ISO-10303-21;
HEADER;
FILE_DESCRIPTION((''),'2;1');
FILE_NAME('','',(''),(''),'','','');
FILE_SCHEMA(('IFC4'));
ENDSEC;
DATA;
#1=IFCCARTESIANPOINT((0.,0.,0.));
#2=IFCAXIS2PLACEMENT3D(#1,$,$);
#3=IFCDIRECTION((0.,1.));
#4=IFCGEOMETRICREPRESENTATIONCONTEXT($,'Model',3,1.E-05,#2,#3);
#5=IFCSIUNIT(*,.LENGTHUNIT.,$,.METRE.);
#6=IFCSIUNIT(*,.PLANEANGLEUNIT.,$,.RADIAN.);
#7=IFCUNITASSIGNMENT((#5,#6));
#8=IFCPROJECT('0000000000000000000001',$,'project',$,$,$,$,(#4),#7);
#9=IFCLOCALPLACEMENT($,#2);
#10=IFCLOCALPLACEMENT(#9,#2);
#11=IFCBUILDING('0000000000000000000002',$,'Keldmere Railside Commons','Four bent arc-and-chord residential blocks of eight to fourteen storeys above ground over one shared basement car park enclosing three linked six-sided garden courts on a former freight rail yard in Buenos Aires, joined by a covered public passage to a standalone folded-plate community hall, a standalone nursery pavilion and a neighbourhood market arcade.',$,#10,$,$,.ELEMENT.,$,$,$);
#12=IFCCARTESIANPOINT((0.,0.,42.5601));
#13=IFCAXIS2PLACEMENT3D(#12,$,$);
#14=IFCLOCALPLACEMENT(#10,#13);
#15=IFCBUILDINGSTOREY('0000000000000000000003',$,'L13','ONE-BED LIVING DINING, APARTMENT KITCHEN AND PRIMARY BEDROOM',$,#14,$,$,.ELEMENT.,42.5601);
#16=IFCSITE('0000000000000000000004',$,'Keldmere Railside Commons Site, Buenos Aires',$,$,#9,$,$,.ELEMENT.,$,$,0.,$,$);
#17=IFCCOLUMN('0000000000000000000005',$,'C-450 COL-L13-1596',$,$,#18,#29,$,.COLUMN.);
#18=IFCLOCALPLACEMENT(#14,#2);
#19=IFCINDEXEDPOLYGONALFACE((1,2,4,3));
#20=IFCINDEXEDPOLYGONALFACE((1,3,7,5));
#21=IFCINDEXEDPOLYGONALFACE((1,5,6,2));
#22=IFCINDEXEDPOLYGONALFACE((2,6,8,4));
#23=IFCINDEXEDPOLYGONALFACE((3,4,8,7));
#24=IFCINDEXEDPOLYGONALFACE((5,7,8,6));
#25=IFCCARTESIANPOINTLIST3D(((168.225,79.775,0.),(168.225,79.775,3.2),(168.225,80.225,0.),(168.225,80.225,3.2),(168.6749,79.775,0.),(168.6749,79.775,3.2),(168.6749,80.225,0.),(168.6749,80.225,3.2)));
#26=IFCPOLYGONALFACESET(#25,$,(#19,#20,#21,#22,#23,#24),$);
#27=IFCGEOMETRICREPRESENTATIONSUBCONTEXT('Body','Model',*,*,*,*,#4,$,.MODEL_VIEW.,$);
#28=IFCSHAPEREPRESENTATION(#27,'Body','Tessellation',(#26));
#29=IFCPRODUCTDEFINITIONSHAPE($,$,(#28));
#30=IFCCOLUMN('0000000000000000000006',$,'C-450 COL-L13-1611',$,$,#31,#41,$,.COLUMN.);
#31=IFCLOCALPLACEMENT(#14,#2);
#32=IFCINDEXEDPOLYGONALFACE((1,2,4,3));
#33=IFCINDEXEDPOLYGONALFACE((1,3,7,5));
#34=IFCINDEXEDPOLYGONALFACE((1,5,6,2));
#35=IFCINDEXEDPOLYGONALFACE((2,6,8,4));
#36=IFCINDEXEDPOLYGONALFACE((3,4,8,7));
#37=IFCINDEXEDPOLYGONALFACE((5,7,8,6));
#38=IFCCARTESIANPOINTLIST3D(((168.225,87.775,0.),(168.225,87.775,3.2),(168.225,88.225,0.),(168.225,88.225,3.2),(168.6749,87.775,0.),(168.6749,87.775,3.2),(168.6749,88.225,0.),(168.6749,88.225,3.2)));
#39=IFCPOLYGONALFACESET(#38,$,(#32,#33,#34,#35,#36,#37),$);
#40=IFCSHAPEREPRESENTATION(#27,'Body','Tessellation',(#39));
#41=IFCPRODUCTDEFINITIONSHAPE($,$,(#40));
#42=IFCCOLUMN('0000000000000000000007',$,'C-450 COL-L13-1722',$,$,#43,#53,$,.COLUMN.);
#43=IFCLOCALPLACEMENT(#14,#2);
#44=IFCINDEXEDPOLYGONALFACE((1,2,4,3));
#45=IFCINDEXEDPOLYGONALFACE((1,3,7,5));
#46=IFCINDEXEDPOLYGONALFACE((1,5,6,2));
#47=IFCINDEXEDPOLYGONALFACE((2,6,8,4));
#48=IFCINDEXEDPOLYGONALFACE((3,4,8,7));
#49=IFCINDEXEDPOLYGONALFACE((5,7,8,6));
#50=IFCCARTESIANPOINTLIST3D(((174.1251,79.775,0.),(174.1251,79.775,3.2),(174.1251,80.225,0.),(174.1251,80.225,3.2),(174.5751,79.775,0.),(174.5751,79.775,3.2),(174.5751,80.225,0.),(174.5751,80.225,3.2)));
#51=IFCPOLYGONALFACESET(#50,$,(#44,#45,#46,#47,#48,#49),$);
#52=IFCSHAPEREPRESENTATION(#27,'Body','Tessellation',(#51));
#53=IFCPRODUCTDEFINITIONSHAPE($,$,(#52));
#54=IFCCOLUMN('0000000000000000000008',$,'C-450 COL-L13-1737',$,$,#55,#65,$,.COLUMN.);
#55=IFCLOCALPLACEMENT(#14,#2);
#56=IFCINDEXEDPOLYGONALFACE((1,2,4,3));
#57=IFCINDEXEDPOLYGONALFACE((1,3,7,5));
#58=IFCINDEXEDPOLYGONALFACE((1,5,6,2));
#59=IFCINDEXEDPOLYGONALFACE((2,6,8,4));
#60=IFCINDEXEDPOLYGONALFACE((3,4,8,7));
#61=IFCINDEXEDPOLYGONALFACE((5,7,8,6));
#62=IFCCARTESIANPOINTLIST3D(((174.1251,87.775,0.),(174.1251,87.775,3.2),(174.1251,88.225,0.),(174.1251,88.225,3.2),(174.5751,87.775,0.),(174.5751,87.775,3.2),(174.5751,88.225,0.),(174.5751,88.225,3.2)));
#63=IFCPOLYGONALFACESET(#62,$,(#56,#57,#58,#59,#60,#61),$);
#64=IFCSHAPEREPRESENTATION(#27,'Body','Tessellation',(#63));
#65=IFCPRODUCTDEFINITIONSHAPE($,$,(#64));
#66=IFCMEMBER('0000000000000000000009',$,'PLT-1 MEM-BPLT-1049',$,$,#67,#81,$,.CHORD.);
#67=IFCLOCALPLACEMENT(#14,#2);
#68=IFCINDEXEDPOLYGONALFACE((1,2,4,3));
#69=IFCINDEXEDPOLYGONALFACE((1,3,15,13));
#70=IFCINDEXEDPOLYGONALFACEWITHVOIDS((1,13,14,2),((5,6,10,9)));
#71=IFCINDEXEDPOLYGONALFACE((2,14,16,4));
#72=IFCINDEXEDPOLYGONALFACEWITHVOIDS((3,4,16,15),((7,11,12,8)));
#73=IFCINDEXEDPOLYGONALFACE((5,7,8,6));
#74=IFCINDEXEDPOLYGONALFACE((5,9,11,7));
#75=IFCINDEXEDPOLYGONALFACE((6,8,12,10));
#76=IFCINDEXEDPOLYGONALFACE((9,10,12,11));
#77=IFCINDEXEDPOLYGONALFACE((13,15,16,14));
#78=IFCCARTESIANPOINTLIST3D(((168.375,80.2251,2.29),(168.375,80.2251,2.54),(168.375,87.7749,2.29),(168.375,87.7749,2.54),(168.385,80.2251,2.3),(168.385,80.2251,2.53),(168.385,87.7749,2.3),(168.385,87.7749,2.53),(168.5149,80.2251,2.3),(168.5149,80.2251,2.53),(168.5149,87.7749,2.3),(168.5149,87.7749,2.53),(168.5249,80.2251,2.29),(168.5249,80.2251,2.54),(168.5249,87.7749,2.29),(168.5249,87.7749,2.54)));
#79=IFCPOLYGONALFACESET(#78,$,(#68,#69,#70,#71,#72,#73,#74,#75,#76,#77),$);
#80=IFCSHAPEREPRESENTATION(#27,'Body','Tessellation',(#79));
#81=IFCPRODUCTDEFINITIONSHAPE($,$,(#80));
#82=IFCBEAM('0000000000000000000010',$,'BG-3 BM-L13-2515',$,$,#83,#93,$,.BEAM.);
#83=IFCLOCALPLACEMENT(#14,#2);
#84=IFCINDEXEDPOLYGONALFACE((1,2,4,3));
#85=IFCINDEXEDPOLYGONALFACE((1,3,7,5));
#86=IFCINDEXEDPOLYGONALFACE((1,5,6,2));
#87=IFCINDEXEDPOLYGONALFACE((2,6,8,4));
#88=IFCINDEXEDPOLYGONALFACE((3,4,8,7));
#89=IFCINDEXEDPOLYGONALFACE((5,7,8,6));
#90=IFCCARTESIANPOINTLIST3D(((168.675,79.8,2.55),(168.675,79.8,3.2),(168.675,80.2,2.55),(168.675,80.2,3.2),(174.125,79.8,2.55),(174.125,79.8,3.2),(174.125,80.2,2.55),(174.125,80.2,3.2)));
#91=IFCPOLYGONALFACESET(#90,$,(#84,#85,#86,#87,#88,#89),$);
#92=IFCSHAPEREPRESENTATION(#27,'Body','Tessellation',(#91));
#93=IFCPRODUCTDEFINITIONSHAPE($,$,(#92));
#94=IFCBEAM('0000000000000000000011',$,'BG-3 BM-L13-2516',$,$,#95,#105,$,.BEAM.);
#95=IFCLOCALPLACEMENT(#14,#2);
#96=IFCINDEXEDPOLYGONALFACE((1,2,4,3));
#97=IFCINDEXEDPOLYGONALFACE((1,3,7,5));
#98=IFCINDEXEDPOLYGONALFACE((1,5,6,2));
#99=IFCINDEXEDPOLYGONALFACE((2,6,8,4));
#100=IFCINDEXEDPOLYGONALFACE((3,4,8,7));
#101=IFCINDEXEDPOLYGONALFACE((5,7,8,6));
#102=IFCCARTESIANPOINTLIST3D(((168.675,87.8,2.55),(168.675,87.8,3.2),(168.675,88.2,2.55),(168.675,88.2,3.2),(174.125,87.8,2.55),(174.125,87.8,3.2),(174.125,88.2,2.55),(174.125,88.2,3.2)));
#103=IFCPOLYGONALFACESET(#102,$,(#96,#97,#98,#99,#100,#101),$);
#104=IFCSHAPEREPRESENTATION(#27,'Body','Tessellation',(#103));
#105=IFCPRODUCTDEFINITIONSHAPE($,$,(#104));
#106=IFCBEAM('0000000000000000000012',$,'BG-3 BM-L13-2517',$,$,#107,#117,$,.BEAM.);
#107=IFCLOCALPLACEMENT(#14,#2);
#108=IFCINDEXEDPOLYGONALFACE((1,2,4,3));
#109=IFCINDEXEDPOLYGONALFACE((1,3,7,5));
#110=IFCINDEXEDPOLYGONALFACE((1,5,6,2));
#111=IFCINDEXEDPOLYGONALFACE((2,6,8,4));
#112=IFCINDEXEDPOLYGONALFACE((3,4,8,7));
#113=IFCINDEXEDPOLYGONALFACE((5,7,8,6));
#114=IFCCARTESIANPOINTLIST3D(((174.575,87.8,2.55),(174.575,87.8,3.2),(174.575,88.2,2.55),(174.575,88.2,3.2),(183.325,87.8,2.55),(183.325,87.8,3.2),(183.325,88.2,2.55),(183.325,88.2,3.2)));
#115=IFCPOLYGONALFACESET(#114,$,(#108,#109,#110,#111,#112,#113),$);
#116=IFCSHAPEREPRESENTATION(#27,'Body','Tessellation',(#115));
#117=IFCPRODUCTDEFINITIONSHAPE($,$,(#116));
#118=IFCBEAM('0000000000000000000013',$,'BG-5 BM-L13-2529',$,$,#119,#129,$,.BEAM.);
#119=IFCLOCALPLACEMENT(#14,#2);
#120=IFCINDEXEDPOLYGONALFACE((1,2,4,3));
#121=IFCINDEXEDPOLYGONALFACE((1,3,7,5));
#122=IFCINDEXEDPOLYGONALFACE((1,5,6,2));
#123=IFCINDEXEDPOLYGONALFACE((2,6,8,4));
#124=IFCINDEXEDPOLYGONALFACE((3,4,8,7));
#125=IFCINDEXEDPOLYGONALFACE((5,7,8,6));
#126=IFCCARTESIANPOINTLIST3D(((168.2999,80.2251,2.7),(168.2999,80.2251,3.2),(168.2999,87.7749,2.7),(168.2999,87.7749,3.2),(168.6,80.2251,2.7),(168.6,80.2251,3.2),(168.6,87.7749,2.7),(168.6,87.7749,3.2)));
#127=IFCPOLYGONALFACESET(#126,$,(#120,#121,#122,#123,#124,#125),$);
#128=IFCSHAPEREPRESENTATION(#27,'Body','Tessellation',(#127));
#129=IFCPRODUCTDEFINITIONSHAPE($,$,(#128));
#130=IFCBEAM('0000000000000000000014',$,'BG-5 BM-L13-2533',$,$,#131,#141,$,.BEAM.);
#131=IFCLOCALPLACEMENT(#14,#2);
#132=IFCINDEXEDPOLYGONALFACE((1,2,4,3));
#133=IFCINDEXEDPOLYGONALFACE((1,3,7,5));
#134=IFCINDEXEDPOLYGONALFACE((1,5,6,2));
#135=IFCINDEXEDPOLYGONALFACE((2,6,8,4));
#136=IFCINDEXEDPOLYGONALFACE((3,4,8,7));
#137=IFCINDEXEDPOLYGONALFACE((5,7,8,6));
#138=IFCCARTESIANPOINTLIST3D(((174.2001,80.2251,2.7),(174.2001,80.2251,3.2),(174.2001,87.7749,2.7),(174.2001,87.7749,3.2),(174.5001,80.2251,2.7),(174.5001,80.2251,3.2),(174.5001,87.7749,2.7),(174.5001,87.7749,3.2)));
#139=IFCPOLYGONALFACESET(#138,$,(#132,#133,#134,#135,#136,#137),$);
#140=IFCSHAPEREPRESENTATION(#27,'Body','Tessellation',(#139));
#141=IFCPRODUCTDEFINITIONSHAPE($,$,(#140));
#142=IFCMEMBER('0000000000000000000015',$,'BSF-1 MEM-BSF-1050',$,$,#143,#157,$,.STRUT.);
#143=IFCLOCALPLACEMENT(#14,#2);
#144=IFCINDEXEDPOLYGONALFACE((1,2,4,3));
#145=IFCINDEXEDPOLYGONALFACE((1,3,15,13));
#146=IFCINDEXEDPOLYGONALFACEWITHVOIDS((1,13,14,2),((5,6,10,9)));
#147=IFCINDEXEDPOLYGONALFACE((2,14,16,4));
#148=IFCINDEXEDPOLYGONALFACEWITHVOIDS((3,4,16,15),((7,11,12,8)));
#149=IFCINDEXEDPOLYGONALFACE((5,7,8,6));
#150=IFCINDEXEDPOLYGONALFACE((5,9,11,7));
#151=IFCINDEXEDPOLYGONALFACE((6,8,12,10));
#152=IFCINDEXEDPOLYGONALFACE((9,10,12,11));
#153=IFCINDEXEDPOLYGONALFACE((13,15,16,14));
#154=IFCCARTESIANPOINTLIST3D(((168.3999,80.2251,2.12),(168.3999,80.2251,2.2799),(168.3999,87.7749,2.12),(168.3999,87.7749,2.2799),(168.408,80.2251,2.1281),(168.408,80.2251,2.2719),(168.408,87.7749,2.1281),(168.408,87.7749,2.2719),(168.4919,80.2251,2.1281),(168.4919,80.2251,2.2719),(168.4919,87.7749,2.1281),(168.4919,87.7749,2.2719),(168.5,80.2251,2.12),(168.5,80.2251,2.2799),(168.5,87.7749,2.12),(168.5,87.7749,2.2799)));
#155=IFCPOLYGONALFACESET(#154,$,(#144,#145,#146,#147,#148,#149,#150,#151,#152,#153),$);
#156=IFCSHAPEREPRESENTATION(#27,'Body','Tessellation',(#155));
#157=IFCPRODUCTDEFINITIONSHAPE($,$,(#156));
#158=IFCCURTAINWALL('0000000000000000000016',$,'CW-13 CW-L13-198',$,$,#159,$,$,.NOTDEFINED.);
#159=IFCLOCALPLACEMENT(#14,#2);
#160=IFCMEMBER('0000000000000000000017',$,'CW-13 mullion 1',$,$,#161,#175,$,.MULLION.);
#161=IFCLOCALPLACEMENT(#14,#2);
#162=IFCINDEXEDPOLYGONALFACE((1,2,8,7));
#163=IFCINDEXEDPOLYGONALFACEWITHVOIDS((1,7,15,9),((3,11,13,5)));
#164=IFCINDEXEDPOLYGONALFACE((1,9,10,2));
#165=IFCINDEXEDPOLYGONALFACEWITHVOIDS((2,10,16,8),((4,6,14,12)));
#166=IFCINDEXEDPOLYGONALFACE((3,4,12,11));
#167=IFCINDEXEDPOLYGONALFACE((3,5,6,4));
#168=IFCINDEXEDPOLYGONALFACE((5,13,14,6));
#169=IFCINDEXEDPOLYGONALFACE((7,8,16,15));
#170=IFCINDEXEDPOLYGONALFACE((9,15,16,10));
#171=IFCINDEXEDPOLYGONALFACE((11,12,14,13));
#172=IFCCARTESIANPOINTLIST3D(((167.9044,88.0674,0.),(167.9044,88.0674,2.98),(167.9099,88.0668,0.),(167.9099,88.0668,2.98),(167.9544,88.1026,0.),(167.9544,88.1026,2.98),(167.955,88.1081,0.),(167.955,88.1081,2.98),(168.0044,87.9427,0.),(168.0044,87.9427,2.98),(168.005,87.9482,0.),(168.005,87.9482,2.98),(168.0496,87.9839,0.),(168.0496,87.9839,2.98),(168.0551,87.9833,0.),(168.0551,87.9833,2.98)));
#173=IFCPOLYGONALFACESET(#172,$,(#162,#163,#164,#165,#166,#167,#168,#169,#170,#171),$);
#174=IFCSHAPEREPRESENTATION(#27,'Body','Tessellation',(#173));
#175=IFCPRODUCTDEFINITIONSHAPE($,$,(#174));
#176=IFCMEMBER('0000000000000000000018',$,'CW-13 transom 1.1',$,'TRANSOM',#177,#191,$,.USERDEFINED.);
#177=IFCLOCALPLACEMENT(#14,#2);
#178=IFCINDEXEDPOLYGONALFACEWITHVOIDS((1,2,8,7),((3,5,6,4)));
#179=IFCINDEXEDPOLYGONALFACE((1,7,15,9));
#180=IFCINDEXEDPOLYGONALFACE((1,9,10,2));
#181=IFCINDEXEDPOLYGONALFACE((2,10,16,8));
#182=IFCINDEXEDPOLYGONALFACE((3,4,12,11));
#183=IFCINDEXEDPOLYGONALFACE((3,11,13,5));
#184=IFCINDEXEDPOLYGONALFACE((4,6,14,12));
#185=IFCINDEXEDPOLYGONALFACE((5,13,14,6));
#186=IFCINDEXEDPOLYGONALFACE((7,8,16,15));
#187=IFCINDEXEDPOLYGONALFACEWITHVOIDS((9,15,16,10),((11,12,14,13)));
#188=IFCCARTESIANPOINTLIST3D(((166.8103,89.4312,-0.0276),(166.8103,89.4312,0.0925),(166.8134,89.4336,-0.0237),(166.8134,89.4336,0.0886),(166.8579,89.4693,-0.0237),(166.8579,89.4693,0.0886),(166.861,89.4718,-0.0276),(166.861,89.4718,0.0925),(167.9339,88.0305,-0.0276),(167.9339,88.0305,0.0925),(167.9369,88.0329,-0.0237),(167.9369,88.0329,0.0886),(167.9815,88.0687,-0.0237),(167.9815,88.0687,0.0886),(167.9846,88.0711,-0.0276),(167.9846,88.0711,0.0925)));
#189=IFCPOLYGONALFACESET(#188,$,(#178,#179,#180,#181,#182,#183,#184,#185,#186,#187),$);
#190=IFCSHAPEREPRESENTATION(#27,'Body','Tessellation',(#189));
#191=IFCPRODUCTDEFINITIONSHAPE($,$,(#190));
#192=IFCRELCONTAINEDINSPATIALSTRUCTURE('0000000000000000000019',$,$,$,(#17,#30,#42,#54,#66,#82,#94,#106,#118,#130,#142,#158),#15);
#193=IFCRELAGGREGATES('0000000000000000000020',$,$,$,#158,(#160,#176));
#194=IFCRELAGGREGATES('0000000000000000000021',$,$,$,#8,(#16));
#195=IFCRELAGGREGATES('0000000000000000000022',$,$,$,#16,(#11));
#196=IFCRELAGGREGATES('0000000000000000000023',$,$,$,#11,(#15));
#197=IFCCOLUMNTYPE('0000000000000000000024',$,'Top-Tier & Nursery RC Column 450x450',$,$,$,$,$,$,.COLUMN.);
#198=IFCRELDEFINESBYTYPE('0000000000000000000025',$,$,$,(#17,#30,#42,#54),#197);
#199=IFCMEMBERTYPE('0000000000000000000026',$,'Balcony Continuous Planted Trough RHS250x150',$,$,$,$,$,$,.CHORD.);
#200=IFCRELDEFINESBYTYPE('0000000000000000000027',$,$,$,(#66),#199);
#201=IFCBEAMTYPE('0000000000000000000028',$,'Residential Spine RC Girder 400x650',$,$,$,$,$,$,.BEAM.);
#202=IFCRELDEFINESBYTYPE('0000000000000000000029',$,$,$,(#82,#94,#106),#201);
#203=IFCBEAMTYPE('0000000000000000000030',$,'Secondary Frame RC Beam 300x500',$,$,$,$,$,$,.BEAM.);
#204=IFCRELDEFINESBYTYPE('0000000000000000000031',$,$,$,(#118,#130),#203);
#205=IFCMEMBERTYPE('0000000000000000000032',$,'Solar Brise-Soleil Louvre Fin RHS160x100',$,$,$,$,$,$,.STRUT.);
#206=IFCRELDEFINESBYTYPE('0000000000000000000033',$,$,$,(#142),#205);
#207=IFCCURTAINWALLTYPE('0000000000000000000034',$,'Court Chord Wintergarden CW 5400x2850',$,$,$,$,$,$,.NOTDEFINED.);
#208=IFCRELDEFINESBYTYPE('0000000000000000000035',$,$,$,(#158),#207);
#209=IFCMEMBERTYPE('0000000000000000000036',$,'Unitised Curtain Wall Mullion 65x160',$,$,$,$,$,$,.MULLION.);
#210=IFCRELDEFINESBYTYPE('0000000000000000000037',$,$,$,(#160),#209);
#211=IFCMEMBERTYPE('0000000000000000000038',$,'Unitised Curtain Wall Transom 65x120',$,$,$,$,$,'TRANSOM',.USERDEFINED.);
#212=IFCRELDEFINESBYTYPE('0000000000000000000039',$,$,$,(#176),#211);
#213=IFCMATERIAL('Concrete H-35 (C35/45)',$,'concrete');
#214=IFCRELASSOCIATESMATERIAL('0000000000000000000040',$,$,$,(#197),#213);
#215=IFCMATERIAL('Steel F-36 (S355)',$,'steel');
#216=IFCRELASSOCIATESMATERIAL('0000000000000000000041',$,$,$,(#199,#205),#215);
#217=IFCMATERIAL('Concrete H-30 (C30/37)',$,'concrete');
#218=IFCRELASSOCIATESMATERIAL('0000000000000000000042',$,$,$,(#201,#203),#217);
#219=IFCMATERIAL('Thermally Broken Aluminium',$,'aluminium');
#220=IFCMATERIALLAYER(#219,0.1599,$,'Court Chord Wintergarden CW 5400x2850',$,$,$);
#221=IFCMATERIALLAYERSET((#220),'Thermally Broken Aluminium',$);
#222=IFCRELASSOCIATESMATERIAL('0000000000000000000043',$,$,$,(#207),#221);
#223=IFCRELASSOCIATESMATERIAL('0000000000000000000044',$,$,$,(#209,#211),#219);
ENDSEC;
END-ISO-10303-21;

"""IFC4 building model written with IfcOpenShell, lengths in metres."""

from ifc_helpers import new_model, si_unit, direction, frame, origin, origin_2d, place, context, subcontext, project, spatial, rectangle, hollow_rectangle, extrude, material, layer, layer_set, material_profile, profile_set, type_object, element, aggregate, save


model = new_model("IFC4")

# Units and contexts
model_context = context("Model", 3, precision=1e-05, world=origin(), true_north=direction((0.0, 1.0)))
body_context = subcontext(model_context, "Body", "Model", "MODEL_VIEW")
ifc_project = project(units=[si_unit("LENGTHUNIT", "METRE"), si_unit("PLANEANGLEUNIT", "RADIAN")], contexts=[model_context])

# Site, building, storey
site_placement = place(None, origin())
site = spatial("IfcSite", under=ifc_project, at=site_placement, Name="Keldmere Railside Commons Site, Buenos Aires", CompositionType="ELEMENT", RefElevation=0.0)
building_placement = place(site_placement, origin())
building = spatial("IfcBuilding", under=site, at=building_placement, Name="Keldmere Railside Commons", Description="Four bent arc-and-chord residential blocks of eight to fourteen storeys above ground over one shared basement car park enclosing three linked six-sided garden courts on a former freight rail yard in Buenos Aires, joined by a covered public passage to a standalone folded-plate community hall, a standalone nursery pavilion and a neighbourhood market arcade.", CompositionType="ELEMENT")
storey_placement = place(building_placement, frame((0.0, 0.0, 42.5601)))
storey = spatial("IfcBuildingStorey", under=building, at=storey_placement, Name="L13", Description="ONE-BED LIVING DINING, APARTMENT KITCHEN AND PRIMARY BEDROOM", CompositionType="ELEMENT", Elevation=42.5601)

# Columns
ifc_material_1 = material(Name="Concrete H-35 (C35/45)", Category="concrete")
ifc_material_profile_1 = material_profile(ifc_material_1, rectangle(XDim=0.45, YDim=0.45, at=origin_2d()), Name="RC-450x450")
ifc_profile_set_1 = profile_set([ifc_material_profile_1], Name="Concrete H-35 (C35/45)")
column_type = type_object("IfcColumnType", Name="Top-Tier & Nursery RC Column 450x450", PredefinedType="COLUMN", material=ifc_profile_set_1)
for number, where, z_axis, x_axis, name in (
    (1, (168.45, 80.0, 0.0), (0.0, 0.0, 1.0), (1.0, 0.0, 0.0), "C-450 COL-L13-1596"),
    (2, (168.45, 88.0, 0.0), (0.0, 0.0, 1.0), (1.0, 0.0, 0.0), "C-450 COL-L13-1611"),
    (3, (174.3501, 80.0, 0.0), (0.0, 0.0, 1.0), (1.0, 0.0, 0.0), "C-450 COL-L13-1722"),
    (4, (174.3501, 88.0, 0.0), (0.0, 0.0, 1.0), (1.0, 0.0, 0.0), "C-450 COL-L13-1737"),
):
    element("IfcColumn", number, at=place(storey_placement, frame(where, z_axis=z_axis, x_axis=x_axis)), inside=storey, type_object=column_type, Name=name, PredefinedType="COLUMN", context=body_context, shape_type="SweptSolid", body=[
        extrude(rectangle(XDim=0.45, YDim=0.45, at=origin_2d()), origin(), (0.0, 0.0, 1.0), 3.2),
    ])

# Member
ifc_material_2 = material(Name="Steel F-36 (S355)", Category="steel")
ifc_material_profile_2 = material_profile(ifc_material_2, hollow_rectangle(XDim=0.1499, YDim=0.25, WallThickness=0.01, at=origin_2d()), Name="RHS-250x150x10")
ifc_profile_set_2 = profile_set([ifc_material_profile_2], Name="Steel F-36 (S355)")
member_type_1 = type_object("IfcMemberType", Name="Balcony Continuous Planted Trough RHS250x150", PredefinedType="CHORD", material=ifc_profile_set_2)
member_1_placement = place(storey_placement, frame((168.45, 80.2251, 2.415), z_axis=(0.0, 1.0, 0.0), x_axis=(-1.0, 0.0, 0.0)))
element("IfcMember", 5, at=member_1_placement, inside=storey, type_object=member_type_1, Name="PLT-1 MEM-BPLT-1049", PredefinedType="CHORD", context=body_context, shape_type="SweptSolid", body=[
    extrude(hollow_rectangle(XDim=0.1499, YDim=0.25, WallThickness=0.01, at=origin_2d()), origin(), (0.0, 0.0, 1.0), 7.5498),
])

# Beams
ifc_material_3 = material(Name="Concrete H-30 (C30/37)", Category="concrete")
ifc_material_profile_3 = material_profile(ifc_material_3, rectangle(XDim=0.3999, YDim=0.6499, at=origin_2d()), Name="RC-400x650")
ifc_profile_set_3 = profile_set([ifc_material_profile_3], Name="Concrete H-30 (C30/37)")
beam_type_1 = type_object("IfcBeamType", Name="Residential Spine RC Girder 400x650", PredefinedType="BEAM", material=ifc_profile_set_3)
for number, where, z_axis, x_axis, name in (
    (6, (168.675, 80.0, 2.875), (1.0, 0.0, 0.0), (0.0, 1.0, 0.0), "BG-3 BM-L13-2515"),
    (7, (168.675, 88.0, 2.875), (1.0, 0.0, 0.0), (0.0, 1.0, 0.0), "BG-3 BM-L13-2516"),
):
    element("IfcBeam", number, at=place(storey_placement, frame(where, z_axis=z_axis, x_axis=x_axis)), inside=storey, type_object=beam_type_1, Name=name, PredefinedType="BEAM", context=body_context, shape_type="SweptSolid", body=[
        extrude(rectangle(XDim=0.3999, YDim=0.6499, at=origin_2d()), origin(), (0.0, 0.0, 1.0), 5.45),
    ])
beam_placement = place(storey_placement, frame((174.575, 88.0, 2.875), z_axis=(1.0, 0.0, 0.0), x_axis=(0.0, 1.0, 0.0)))
element("IfcBeam", 8, at=beam_placement, inside=storey, type_object=beam_type_1, Name="BG-3 BM-L13-2517", PredefinedType="BEAM", context=body_context, shape_type="SweptSolid", body=[
    extrude(rectangle(XDim=0.3999, YDim=0.6499, at=origin_2d()), origin(), (0.0, 0.0, 1.0), 8.75),
])
ifc_material_profile_4 = material_profile(ifc_material_3, rectangle(XDim=0.3, YDim=0.5, at=origin_2d()), Name="RC-300x500")
ifc_profile_set_4 = profile_set([ifc_material_profile_4], Name="Concrete H-30 (C30/37)")
beam_type_2 = type_object("IfcBeamType", Name="Secondary Frame RC Beam 300x500", PredefinedType="BEAM", material=ifc_profile_set_4)
for number, where, z_axis, x_axis, name in (
    (9, (168.45, 80.2251, 2.95), (0.0, 1.0, 0.0), (-1.0, 0.0, 0.0), "BG-5 BM-L13-2529"),
    (10, (174.3501, 80.2251, 2.95), (0.0, 1.0, 0.0), (-1.0, 0.0, 0.0), "BG-5 BM-L13-2533"),
):
    element("IfcBeam", number, at=place(storey_placement, frame(where, z_axis=z_axis, x_axis=x_axis)), inside=storey, type_object=beam_type_2, Name=name, PredefinedType="BEAM", context=body_context, shape_type="SweptSolid", body=[
        extrude(rectangle(XDim=0.3, YDim=0.5, at=origin_2d()), origin(), (0.0, 0.0, 1.0), 7.5498),
    ])

# Member
ifc_material_profile_5 = material_profile(ifc_material_2, hollow_rectangle(XDim=0.1001, YDim=0.1599, WallThickness=0.0081, at=origin_2d()), Name="RHS-160x100x8")
ifc_profile_set_5 = profile_set([ifc_material_profile_5], Name="Steel F-36 (S355)")
member_type_2 = type_object("IfcMemberType", Name="Solar Brise-Soleil Louvre Fin RHS160x100", PredefinedType="STRUT", material=ifc_profile_set_5)
member_2_placement = place(storey_placement, frame((168.45, 80.2251, 2.2), z_axis=(0.0, 1.0, 0.0), x_axis=(-1.0, 0.0, 0.0)))
element("IfcMember", 11, at=member_2_placement, inside=storey, type_object=member_type_2, Name="BSF-1 MEM-BSF-1050", PredefinedType="STRUT", context=body_context, shape_type="SweptSolid", body=[
    extrude(hollow_rectangle(XDim=0.1001, YDim=0.1599, WallThickness=0.0081, at=origin_2d()), origin(), (0.0, 0.0, 1.0), 7.5498),
])

# Curtain wall, members
ifc_material_4 = material(Name="Thermally Broken Aluminium", Category="aluminium")
ifc_layer_1 = layer(ifc_material_4, 0.1599, Name="Court Chord Wintergarden CW 5400x2850")
ifc_layer_set_1 = layer_set([ifc_layer_1], Name="Thermally Broken Aluminium")
curtain_wall_type = type_object("IfcCurtainWallType", Name="Court Chord Wintergarden CW 5400x2850", PredefinedType="NOTDEFINED", material=ifc_layer_set_1)
curtain_wall_placement = place(storey_placement, origin())
curtain_wall = element("IfcCurtainWall", 12, at=curtain_wall_placement, inside=storey, type_object=curtain_wall_type, Name="CW-13 CW-L13-198", PredefinedType="NOTDEFINED")
ifc_material_profile_6 = material_profile(ifc_material_4, hollow_rectangle(XDim=0.0649, YDim=0.1599, WallThickness=0.0039, at=origin_2d()), Name="ALU-MULL-65x160")
ifc_profile_set_6 = profile_set([ifc_material_profile_6], Name="Thermally Broken Aluminium")
member_type_3 = type_object("IfcMemberType", Name="Unitised Curtain Wall Mullion 65x160", PredefinedType="MULLION", material=ifc_profile_set_6)
member_3_placement = place(storey_placement, frame((167.9797, 88.0254, 0.0), z_axis=(0.0, 0.0, 1.0), x_axis=(-0.780009, -0.625768, 0.0)))
member_3 = element("IfcMember", 13, at=member_3_placement, type_object=member_type_3, Name="CW-13 mullion 1", PredefinedType="MULLION", context=body_context, shape_type="SweptSolid", body=[
    extrude(hollow_rectangle(XDim=0.0649, YDim=0.1599, WallThickness=0.0039, at=origin_2d()), origin(), (0.0, 0.0, 1.0), 2.98),
])
ifc_material_profile_7 = material_profile(ifc_material_4, hollow_rectangle(XDim=0.0649, YDim=0.1201, WallThickness=0.0039, at=origin_2d()), Name="ALU-TRAN-65x120")
ifc_profile_set_7 = profile_set([ifc_material_profile_7], Name="Thermally Broken Aluminium")
member_type_4 = type_object("IfcMemberType", Name="Unitised Curtain Wall Transom 65x120", ElementType="TRANSOM", PredefinedType="USERDEFINED", material=ifc_profile_set_7)
member_4_placement = place(storey_placement, frame((167.9592, 88.0508, 0.0325), z_axis=(-0.625723, 0.780046, 0.0), x_axis=(-0.780046, -0.625723, 0.0)))
member_4 = element("IfcMember", 14, at=member_4_placement, type_object=member_type_4, Name="CW-13 transom 1.1", ObjectType="TRANSOM", PredefinedType="USERDEFINED", context=body_context, shape_type="SweptSolid", body=[
    extrude(hollow_rectangle(XDim=0.0649, YDim=0.1201, WallThickness=0.0039, at=origin_2d()), origin(), (0.0, 0.0, 1.0), 1.7957),
])
aggregate(curtain_wall, [member_3, member_4])

save(model, "model.ifc")
